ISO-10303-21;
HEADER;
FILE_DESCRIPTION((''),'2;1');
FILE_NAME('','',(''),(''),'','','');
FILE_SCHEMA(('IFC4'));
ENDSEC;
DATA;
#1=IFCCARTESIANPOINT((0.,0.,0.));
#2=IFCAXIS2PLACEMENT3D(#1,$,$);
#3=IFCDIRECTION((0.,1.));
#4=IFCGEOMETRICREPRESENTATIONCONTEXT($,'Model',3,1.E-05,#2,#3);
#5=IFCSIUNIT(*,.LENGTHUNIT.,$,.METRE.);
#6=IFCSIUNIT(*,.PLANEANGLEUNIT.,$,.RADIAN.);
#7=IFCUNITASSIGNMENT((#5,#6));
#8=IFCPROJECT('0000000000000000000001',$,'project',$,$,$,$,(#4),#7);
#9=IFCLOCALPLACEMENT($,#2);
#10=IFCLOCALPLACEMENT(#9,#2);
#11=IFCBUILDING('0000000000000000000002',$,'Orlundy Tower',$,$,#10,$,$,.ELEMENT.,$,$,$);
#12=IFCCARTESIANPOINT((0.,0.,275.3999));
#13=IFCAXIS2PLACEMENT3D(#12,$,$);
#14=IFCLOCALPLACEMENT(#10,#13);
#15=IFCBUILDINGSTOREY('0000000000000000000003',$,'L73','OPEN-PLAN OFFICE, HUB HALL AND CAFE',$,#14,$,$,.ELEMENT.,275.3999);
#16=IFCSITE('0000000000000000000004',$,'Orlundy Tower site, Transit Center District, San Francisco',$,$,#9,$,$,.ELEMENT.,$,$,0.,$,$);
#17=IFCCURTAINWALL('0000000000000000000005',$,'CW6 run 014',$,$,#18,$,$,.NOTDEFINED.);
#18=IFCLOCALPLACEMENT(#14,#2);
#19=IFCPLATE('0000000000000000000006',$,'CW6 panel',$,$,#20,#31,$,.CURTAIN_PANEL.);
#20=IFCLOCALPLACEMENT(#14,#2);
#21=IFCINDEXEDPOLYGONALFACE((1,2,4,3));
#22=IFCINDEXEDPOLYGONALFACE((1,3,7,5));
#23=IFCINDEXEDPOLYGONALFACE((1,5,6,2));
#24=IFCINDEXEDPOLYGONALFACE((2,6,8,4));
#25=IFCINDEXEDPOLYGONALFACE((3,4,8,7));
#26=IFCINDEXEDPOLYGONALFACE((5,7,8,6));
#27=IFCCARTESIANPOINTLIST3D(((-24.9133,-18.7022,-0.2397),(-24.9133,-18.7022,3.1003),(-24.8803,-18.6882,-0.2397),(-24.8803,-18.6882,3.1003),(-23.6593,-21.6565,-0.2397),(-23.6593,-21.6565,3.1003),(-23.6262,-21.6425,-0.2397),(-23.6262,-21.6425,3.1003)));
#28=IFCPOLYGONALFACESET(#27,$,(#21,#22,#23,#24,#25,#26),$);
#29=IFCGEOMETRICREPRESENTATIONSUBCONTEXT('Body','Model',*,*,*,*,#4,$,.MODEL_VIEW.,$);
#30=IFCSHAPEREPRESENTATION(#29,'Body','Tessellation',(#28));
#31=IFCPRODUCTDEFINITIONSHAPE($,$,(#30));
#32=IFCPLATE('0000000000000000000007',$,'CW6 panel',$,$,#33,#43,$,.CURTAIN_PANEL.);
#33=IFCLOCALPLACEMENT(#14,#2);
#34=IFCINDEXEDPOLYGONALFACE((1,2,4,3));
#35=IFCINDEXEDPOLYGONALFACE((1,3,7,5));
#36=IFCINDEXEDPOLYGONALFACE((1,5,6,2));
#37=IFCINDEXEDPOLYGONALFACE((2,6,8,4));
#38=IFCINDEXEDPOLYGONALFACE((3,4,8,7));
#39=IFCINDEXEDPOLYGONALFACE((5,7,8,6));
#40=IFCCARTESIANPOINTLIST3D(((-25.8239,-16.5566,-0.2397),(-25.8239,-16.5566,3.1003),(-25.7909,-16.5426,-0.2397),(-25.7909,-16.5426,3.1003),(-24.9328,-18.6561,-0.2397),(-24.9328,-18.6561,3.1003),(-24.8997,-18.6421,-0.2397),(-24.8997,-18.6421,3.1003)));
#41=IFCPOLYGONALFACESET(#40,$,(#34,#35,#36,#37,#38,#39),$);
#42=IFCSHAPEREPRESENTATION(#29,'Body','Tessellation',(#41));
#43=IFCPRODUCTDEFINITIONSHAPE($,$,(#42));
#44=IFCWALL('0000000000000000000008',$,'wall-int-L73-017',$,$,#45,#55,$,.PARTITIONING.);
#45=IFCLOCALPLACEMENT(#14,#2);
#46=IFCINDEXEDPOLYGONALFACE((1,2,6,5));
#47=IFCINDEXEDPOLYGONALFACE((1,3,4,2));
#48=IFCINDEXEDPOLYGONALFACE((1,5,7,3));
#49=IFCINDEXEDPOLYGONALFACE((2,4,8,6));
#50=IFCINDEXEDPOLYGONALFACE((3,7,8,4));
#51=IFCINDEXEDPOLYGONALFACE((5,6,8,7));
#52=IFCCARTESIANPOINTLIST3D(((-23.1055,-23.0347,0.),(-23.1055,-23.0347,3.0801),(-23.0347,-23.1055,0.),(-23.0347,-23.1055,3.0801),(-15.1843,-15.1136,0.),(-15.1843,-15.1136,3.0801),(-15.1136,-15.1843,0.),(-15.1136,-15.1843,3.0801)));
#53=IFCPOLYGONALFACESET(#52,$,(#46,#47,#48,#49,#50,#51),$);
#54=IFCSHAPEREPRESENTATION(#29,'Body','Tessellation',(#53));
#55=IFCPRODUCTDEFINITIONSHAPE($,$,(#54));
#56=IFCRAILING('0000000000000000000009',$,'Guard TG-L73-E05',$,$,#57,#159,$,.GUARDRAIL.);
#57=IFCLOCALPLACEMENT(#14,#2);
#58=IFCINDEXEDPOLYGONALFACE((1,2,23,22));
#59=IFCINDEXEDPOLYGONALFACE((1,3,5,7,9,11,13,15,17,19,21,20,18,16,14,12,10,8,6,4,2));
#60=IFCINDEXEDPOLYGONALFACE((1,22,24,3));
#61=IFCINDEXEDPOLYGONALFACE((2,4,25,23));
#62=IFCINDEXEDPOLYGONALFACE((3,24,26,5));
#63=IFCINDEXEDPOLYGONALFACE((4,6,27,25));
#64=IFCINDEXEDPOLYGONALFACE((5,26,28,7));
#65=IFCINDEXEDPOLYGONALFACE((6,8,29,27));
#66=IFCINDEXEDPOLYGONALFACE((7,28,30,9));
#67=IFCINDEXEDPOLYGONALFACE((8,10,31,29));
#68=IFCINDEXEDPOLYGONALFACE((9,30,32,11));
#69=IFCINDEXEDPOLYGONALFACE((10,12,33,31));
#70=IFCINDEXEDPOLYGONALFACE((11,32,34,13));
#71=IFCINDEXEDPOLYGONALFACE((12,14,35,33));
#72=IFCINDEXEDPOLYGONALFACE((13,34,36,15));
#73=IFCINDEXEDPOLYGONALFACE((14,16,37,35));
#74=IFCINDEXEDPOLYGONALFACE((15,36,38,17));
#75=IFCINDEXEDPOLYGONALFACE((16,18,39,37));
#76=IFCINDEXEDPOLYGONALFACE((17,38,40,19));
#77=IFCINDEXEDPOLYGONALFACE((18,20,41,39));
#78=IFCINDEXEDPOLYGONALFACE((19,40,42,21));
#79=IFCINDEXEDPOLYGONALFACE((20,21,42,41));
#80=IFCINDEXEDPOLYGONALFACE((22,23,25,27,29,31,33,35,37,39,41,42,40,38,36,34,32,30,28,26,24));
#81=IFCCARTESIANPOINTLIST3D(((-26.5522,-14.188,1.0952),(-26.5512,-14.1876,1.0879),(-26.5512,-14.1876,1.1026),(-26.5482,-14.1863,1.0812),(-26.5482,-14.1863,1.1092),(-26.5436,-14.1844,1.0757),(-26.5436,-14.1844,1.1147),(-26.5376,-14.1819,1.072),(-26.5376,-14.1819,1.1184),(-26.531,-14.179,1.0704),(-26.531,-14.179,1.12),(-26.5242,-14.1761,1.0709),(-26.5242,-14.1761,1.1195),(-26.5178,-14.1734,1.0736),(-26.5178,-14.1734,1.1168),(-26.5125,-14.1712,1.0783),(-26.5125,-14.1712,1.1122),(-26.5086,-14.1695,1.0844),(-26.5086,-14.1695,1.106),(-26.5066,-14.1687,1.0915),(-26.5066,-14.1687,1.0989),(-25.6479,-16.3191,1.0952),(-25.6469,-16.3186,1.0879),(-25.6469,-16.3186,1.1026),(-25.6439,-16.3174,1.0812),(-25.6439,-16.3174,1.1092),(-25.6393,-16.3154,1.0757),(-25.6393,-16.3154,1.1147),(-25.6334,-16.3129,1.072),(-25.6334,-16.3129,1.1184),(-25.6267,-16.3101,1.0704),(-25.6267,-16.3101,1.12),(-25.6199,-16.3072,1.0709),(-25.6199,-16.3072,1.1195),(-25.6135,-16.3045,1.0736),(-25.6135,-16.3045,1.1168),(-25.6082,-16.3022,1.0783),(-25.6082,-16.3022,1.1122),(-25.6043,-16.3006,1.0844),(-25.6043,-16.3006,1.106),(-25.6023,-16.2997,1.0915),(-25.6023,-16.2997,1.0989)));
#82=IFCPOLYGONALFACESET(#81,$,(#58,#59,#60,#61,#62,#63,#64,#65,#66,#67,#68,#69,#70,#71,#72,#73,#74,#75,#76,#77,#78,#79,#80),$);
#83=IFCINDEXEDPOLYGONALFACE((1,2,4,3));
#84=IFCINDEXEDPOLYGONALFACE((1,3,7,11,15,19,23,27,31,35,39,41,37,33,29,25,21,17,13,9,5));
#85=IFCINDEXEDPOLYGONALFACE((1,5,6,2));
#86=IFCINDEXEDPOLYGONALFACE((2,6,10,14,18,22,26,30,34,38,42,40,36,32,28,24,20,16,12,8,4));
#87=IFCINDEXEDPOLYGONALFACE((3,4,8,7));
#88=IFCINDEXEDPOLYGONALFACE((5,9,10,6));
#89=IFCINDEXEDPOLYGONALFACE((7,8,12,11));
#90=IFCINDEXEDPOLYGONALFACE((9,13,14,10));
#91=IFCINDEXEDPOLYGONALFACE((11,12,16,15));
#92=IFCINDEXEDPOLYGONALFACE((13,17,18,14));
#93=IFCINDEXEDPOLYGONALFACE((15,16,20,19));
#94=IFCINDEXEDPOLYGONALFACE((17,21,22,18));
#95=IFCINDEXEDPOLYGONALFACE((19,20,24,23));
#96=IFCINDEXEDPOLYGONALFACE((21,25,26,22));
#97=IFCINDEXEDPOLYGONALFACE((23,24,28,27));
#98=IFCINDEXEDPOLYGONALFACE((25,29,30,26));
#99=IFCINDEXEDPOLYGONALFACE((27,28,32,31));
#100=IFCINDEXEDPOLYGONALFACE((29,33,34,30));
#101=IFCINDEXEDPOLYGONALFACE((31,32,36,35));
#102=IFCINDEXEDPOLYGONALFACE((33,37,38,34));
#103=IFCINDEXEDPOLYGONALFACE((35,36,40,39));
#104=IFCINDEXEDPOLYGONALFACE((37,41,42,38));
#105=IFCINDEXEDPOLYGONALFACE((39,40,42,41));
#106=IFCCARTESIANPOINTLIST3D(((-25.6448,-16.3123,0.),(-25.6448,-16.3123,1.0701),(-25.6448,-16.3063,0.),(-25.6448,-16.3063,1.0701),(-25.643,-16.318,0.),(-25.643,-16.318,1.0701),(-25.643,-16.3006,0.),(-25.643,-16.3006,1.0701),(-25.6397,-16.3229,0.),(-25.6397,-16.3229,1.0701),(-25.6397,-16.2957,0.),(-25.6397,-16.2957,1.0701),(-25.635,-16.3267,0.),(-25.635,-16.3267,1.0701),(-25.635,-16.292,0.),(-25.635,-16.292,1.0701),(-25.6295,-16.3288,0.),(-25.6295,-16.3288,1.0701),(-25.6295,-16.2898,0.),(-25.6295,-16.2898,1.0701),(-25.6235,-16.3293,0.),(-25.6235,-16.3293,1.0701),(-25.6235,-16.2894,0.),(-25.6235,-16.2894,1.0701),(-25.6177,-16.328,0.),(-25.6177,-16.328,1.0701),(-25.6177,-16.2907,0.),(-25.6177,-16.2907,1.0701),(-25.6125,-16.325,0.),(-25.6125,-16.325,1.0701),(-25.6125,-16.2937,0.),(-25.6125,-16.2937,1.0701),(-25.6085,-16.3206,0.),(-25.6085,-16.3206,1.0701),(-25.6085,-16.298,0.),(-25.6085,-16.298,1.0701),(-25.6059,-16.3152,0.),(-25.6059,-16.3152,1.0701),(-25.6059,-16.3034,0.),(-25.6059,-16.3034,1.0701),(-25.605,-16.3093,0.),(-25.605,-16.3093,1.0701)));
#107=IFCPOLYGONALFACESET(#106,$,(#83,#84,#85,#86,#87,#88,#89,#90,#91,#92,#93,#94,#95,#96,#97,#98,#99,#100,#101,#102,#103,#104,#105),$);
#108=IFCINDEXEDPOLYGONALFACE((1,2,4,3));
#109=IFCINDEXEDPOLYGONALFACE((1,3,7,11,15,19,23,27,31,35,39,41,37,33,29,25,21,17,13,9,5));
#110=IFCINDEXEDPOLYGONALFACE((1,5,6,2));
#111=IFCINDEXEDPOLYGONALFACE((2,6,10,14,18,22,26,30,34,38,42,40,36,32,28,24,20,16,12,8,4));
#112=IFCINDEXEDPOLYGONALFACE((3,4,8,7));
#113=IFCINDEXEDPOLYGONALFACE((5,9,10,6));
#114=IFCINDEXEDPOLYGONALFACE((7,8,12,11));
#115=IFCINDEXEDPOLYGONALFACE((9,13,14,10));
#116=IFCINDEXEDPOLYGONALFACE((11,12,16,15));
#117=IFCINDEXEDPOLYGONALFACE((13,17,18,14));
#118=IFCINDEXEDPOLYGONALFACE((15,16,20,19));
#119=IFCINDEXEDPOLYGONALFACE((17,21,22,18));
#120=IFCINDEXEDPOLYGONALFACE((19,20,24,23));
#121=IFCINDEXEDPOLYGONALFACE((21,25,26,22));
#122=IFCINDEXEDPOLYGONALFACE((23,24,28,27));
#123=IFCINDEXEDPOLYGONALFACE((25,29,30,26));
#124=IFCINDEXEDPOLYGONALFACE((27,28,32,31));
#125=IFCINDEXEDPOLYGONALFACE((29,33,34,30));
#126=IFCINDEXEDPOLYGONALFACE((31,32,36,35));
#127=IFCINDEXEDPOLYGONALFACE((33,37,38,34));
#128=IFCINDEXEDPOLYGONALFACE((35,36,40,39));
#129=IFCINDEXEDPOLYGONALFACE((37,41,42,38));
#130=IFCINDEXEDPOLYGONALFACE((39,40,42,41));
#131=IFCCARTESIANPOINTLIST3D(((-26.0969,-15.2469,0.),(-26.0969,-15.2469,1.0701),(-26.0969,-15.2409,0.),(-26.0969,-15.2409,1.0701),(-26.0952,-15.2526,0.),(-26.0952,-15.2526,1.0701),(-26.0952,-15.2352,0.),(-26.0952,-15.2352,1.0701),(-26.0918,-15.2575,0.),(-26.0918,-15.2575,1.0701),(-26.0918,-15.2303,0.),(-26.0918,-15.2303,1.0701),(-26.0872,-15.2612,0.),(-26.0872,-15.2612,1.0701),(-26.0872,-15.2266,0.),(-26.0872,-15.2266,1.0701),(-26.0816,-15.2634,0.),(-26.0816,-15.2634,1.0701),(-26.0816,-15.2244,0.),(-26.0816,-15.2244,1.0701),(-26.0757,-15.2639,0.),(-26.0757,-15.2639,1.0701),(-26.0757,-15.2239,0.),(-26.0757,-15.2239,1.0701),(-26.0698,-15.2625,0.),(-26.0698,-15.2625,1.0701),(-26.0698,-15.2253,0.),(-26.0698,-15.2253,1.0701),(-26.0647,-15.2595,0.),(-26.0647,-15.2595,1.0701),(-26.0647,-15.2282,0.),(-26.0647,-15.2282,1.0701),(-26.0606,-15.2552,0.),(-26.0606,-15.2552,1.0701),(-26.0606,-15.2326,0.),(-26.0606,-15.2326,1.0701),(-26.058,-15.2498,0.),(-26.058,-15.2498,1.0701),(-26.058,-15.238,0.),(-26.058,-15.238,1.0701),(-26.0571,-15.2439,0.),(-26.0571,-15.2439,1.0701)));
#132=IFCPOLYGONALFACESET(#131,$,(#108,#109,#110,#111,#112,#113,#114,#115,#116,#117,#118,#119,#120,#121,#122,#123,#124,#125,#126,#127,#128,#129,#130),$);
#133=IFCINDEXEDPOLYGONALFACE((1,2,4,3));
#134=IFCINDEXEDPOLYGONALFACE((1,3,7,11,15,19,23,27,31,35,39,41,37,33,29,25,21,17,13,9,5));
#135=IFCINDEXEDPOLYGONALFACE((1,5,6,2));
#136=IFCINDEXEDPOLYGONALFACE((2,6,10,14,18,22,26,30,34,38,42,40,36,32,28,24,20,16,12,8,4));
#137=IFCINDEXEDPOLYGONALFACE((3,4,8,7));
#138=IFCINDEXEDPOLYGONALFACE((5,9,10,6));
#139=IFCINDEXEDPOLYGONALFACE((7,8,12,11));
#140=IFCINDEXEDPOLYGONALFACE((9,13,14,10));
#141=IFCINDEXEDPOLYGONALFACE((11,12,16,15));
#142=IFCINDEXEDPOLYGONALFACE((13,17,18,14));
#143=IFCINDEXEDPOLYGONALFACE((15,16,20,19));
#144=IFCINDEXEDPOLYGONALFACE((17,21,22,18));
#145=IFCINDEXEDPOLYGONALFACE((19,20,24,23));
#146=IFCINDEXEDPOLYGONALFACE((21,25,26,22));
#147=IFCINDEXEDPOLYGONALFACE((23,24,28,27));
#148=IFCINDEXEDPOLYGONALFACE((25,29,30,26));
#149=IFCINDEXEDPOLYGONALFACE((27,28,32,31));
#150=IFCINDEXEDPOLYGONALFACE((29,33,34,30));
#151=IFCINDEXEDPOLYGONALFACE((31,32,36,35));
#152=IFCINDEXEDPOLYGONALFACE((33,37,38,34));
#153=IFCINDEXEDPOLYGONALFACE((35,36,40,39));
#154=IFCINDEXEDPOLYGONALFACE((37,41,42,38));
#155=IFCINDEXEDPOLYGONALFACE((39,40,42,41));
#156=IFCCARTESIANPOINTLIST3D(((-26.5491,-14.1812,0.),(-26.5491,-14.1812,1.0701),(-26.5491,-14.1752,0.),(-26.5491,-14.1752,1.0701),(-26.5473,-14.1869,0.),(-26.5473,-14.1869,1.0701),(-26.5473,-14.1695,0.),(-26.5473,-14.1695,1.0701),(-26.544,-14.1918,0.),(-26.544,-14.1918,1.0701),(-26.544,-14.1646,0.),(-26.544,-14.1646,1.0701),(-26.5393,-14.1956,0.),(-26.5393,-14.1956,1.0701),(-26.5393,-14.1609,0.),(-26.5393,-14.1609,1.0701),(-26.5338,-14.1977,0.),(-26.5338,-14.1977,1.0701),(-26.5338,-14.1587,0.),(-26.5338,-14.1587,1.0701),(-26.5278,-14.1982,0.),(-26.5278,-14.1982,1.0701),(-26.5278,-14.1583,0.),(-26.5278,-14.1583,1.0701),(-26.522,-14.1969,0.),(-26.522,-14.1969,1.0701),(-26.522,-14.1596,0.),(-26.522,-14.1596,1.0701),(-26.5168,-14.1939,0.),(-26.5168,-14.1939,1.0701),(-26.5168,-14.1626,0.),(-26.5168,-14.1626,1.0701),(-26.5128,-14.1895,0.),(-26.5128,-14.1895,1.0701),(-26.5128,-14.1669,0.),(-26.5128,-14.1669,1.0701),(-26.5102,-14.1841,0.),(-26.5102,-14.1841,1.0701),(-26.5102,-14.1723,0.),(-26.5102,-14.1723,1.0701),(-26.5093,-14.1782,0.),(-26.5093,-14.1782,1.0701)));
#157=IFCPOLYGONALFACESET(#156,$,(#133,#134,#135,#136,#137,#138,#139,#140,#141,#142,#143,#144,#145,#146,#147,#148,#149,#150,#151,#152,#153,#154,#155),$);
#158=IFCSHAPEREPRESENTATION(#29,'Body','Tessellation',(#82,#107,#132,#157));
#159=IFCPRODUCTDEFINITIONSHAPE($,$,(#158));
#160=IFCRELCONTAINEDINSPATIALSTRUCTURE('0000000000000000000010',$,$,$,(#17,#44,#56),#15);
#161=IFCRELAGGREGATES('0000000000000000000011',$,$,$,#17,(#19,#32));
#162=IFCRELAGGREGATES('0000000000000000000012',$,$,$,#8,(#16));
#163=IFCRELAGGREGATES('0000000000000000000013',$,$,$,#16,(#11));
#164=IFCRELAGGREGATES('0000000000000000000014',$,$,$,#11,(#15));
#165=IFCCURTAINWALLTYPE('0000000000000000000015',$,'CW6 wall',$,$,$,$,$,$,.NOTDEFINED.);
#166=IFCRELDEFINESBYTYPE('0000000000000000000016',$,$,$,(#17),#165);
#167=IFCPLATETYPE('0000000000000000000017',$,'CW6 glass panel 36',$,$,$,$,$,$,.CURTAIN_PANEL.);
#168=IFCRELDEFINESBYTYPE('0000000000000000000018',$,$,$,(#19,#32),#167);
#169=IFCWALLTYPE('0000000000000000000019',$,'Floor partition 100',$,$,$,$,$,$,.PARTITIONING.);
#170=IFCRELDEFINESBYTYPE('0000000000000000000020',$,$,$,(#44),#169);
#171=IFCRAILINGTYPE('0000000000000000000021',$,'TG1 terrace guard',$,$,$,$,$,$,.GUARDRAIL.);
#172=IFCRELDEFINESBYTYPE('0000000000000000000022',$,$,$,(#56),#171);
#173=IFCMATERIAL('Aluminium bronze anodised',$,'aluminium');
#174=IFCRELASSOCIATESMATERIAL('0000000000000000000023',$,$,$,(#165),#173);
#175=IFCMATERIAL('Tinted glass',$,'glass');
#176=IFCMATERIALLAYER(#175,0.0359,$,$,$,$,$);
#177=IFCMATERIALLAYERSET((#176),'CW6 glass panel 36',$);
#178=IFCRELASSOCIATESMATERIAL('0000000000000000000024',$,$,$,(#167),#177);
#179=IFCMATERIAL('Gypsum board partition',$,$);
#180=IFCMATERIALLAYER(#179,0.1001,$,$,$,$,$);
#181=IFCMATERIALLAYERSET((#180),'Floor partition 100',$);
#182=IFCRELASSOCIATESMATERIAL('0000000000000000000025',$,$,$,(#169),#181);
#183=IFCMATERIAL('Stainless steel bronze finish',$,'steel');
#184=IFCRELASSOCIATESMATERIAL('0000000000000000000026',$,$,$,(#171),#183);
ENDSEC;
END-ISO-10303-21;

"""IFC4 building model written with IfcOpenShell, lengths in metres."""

from ifc_helpers import new_model, si_unit, direction, frame, frame_2d, origin, origin_2d, place, context, subcontext, project, spatial, rectangle, circle, extrude, material, layer, layer_set, type_object, element, aggregate, save


model = new_model("IFC4")

# Units and contexts
model_context = context("Model", 3, precision=1e-05, world=origin(), true_north=direction((0.0, 1.0)))
body_context = subcontext(model_context, "Body", "Model", "MODEL_VIEW")
ifc_project = project(units=[si_unit("LENGTHUNIT", "METRE"), si_unit("PLANEANGLEUNIT", "RADIAN")], contexts=[model_context])

# Site, building, storey
site_placement = place(None, origin())
site = spatial("IfcSite", under=ifc_project, at=site_placement, Name="Orlundy Tower site, Transit Center District, San Francisco", CompositionType="ELEMENT", RefElevation=0.0)
building_placement = place(site_placement, origin())
building = spatial("IfcBuilding", under=site, at=building_placement, Name="Orlundy Tower", CompositionType="ELEMENT")
storey_placement = place(building_placement, frame((0.0, 0.0, 275.3999)))
storey = spatial("IfcBuildingStorey", under=building, at=storey_placement, Name="L73", Description="OPEN-PLAN OFFICE, HUB HALL AND CAFE", CompositionType="ELEMENT", Elevation=275.3999)

# Shared definitions
ifc_material_1 = material(Name="Aluminium bronze anodised", Category="aluminium")
curtain_wall_type = type_object("IfcCurtainWallType", Name="CW6 wall", PredefinedType="NOTDEFINED", material=ifc_material_1)

# Curtain wall
curtain_wall_1_placement = place(storey_placement, origin())
curtain_wall_1 = element("IfcCurtainWall", 1, at=curtain_wall_1_placement, inside=storey, type_object=curtain_wall_type, Name="CW6 run 014", PredefinedType="NOTDEFINED")

# Plates
ifc_material_2 = material(Name="Tinted glass", Category="glass")
ifc_layer_1 = layer(ifc_material_2, 0.0359)
ifc_layer_set_1 = layer_set([ifc_layer_1], Name="CW6 glass panel 36")
plate_type = type_object("IfcPlateType", Name="CW6 glass panel 36", PredefinedType="CURTAIN_PANEL", material=ifc_layer_set_1)
plate_1_placement = place(storey_placement, frame((-24.2698, -20.1724, -0.2397), z_axis=(0.0, 0.0, 1.0), x_axis=(-0.390727, 0.920507, 0.0)))
plate_1 = element("IfcPlate", 2, at=plate_1_placement, type_object=plate_type, Name="CW6 panel", PredefinedType="CURTAIN_PANEL", context=body_context, shape_type="SweptSolid", body=[
    extrude(rectangle(XDim=3.2095, YDim=0.0359, at=origin_2d()), origin(), (0.0, 0.0, 1.0), 3.3401),
])
plate_2_placement = place(storey_placement, frame((-25.3618, -17.5994, -0.2397), z_axis=(0.0, 0.0, 1.0), x_axis=(-0.390727, 0.920507, 0.0)))
plate_2 = element("IfcPlate", 3, at=plate_2_placement, type_object=plate_type, Name="CW6 panel", PredefinedType="CURTAIN_PANEL", context=body_context, shape_type="SweptSolid", body=[
    extrude(rectangle(XDim=2.2808, YDim=0.0359, at=origin_2d()), origin(), (0.0, 0.0, 1.0), 3.3401),
])
aggregate(curtain_wall_1, [plate_1, plate_2])

# Wall
ifc_material_3 = material(Name="Gypsum board partition")
ifc_layer_2 = layer(ifc_material_3, 0.1001)
ifc_layer_set_2 = layer_set([ifc_layer_2], Name="Floor partition 100")
wall_type = type_object("IfcWallType", Name="Floor partition 100", PredefinedType="PARTITIONING", material=ifc_layer_set_2)
wall_placement = place(storey_placement, frame((-23.0701, -23.0701, 0.0), z_axis=(0.0, 0.0, 1.0), x_axis=(0.707107, 0.707107, 0.0)))
element("IfcWall", 4, at=wall_placement, inside=storey, type_object=wall_type, Name="wall-int-L73-017", PredefinedType="PARTITIONING", context=body_context, shape_type="SweptSolid", body=[
    extrude(rectangle(XDim=11.2021, YDim=0.1001, at=frame_2d((5.6011, 0.0))), origin(), (0.0, 0.0, 1.0), 3.0801),
])

# Railing
ifc_material_4 = material(Name="Stainless steel bronze finish", Category="steel")
railing_type = type_object("IfcRailingType", Name="TG1 terrace guard", PredefinedType="GUARDRAIL", material=ifc_material_4)
railing_1_placement = place(storey_placement, frame((-25.625, -16.3093, 0.0)))
element("IfcRailing", 5, at=railing_1_placement, inside=storey, type_object=railing_type, Name="Guard TG-L73-E05", PredefinedType="GUARDRAIL", context=body_context, shape_type="SweptSolid", body=[
    extrude(circle(Radius=0.0249, at=origin_2d()), frame((0.0, 0.0, 1.0952), z_axis=(-0.39062, 0.920552, 0.0), x_axis=(-0.920552, -0.39062, 0.0)), (0.0, 0.0, 1.0), 2.3149),
    extrude(circle(Radius=0.02, at=origin_2d()), origin(), (0.0, 0.0, 1.0), 1.0701),
    extrude(circle(Radius=0.02, at=origin_2d()), frame((-0.4521, 1.0654, 0.0)), (0.0, 0.0, 1.0), 1.0701),
    extrude(circle(Radius=0.02, at=origin_2d()), frame((-0.9043, 2.1311, 0.0)), (0.0, 0.0, 1.0), 1.0701),
])

save(model, "model.ifc")
